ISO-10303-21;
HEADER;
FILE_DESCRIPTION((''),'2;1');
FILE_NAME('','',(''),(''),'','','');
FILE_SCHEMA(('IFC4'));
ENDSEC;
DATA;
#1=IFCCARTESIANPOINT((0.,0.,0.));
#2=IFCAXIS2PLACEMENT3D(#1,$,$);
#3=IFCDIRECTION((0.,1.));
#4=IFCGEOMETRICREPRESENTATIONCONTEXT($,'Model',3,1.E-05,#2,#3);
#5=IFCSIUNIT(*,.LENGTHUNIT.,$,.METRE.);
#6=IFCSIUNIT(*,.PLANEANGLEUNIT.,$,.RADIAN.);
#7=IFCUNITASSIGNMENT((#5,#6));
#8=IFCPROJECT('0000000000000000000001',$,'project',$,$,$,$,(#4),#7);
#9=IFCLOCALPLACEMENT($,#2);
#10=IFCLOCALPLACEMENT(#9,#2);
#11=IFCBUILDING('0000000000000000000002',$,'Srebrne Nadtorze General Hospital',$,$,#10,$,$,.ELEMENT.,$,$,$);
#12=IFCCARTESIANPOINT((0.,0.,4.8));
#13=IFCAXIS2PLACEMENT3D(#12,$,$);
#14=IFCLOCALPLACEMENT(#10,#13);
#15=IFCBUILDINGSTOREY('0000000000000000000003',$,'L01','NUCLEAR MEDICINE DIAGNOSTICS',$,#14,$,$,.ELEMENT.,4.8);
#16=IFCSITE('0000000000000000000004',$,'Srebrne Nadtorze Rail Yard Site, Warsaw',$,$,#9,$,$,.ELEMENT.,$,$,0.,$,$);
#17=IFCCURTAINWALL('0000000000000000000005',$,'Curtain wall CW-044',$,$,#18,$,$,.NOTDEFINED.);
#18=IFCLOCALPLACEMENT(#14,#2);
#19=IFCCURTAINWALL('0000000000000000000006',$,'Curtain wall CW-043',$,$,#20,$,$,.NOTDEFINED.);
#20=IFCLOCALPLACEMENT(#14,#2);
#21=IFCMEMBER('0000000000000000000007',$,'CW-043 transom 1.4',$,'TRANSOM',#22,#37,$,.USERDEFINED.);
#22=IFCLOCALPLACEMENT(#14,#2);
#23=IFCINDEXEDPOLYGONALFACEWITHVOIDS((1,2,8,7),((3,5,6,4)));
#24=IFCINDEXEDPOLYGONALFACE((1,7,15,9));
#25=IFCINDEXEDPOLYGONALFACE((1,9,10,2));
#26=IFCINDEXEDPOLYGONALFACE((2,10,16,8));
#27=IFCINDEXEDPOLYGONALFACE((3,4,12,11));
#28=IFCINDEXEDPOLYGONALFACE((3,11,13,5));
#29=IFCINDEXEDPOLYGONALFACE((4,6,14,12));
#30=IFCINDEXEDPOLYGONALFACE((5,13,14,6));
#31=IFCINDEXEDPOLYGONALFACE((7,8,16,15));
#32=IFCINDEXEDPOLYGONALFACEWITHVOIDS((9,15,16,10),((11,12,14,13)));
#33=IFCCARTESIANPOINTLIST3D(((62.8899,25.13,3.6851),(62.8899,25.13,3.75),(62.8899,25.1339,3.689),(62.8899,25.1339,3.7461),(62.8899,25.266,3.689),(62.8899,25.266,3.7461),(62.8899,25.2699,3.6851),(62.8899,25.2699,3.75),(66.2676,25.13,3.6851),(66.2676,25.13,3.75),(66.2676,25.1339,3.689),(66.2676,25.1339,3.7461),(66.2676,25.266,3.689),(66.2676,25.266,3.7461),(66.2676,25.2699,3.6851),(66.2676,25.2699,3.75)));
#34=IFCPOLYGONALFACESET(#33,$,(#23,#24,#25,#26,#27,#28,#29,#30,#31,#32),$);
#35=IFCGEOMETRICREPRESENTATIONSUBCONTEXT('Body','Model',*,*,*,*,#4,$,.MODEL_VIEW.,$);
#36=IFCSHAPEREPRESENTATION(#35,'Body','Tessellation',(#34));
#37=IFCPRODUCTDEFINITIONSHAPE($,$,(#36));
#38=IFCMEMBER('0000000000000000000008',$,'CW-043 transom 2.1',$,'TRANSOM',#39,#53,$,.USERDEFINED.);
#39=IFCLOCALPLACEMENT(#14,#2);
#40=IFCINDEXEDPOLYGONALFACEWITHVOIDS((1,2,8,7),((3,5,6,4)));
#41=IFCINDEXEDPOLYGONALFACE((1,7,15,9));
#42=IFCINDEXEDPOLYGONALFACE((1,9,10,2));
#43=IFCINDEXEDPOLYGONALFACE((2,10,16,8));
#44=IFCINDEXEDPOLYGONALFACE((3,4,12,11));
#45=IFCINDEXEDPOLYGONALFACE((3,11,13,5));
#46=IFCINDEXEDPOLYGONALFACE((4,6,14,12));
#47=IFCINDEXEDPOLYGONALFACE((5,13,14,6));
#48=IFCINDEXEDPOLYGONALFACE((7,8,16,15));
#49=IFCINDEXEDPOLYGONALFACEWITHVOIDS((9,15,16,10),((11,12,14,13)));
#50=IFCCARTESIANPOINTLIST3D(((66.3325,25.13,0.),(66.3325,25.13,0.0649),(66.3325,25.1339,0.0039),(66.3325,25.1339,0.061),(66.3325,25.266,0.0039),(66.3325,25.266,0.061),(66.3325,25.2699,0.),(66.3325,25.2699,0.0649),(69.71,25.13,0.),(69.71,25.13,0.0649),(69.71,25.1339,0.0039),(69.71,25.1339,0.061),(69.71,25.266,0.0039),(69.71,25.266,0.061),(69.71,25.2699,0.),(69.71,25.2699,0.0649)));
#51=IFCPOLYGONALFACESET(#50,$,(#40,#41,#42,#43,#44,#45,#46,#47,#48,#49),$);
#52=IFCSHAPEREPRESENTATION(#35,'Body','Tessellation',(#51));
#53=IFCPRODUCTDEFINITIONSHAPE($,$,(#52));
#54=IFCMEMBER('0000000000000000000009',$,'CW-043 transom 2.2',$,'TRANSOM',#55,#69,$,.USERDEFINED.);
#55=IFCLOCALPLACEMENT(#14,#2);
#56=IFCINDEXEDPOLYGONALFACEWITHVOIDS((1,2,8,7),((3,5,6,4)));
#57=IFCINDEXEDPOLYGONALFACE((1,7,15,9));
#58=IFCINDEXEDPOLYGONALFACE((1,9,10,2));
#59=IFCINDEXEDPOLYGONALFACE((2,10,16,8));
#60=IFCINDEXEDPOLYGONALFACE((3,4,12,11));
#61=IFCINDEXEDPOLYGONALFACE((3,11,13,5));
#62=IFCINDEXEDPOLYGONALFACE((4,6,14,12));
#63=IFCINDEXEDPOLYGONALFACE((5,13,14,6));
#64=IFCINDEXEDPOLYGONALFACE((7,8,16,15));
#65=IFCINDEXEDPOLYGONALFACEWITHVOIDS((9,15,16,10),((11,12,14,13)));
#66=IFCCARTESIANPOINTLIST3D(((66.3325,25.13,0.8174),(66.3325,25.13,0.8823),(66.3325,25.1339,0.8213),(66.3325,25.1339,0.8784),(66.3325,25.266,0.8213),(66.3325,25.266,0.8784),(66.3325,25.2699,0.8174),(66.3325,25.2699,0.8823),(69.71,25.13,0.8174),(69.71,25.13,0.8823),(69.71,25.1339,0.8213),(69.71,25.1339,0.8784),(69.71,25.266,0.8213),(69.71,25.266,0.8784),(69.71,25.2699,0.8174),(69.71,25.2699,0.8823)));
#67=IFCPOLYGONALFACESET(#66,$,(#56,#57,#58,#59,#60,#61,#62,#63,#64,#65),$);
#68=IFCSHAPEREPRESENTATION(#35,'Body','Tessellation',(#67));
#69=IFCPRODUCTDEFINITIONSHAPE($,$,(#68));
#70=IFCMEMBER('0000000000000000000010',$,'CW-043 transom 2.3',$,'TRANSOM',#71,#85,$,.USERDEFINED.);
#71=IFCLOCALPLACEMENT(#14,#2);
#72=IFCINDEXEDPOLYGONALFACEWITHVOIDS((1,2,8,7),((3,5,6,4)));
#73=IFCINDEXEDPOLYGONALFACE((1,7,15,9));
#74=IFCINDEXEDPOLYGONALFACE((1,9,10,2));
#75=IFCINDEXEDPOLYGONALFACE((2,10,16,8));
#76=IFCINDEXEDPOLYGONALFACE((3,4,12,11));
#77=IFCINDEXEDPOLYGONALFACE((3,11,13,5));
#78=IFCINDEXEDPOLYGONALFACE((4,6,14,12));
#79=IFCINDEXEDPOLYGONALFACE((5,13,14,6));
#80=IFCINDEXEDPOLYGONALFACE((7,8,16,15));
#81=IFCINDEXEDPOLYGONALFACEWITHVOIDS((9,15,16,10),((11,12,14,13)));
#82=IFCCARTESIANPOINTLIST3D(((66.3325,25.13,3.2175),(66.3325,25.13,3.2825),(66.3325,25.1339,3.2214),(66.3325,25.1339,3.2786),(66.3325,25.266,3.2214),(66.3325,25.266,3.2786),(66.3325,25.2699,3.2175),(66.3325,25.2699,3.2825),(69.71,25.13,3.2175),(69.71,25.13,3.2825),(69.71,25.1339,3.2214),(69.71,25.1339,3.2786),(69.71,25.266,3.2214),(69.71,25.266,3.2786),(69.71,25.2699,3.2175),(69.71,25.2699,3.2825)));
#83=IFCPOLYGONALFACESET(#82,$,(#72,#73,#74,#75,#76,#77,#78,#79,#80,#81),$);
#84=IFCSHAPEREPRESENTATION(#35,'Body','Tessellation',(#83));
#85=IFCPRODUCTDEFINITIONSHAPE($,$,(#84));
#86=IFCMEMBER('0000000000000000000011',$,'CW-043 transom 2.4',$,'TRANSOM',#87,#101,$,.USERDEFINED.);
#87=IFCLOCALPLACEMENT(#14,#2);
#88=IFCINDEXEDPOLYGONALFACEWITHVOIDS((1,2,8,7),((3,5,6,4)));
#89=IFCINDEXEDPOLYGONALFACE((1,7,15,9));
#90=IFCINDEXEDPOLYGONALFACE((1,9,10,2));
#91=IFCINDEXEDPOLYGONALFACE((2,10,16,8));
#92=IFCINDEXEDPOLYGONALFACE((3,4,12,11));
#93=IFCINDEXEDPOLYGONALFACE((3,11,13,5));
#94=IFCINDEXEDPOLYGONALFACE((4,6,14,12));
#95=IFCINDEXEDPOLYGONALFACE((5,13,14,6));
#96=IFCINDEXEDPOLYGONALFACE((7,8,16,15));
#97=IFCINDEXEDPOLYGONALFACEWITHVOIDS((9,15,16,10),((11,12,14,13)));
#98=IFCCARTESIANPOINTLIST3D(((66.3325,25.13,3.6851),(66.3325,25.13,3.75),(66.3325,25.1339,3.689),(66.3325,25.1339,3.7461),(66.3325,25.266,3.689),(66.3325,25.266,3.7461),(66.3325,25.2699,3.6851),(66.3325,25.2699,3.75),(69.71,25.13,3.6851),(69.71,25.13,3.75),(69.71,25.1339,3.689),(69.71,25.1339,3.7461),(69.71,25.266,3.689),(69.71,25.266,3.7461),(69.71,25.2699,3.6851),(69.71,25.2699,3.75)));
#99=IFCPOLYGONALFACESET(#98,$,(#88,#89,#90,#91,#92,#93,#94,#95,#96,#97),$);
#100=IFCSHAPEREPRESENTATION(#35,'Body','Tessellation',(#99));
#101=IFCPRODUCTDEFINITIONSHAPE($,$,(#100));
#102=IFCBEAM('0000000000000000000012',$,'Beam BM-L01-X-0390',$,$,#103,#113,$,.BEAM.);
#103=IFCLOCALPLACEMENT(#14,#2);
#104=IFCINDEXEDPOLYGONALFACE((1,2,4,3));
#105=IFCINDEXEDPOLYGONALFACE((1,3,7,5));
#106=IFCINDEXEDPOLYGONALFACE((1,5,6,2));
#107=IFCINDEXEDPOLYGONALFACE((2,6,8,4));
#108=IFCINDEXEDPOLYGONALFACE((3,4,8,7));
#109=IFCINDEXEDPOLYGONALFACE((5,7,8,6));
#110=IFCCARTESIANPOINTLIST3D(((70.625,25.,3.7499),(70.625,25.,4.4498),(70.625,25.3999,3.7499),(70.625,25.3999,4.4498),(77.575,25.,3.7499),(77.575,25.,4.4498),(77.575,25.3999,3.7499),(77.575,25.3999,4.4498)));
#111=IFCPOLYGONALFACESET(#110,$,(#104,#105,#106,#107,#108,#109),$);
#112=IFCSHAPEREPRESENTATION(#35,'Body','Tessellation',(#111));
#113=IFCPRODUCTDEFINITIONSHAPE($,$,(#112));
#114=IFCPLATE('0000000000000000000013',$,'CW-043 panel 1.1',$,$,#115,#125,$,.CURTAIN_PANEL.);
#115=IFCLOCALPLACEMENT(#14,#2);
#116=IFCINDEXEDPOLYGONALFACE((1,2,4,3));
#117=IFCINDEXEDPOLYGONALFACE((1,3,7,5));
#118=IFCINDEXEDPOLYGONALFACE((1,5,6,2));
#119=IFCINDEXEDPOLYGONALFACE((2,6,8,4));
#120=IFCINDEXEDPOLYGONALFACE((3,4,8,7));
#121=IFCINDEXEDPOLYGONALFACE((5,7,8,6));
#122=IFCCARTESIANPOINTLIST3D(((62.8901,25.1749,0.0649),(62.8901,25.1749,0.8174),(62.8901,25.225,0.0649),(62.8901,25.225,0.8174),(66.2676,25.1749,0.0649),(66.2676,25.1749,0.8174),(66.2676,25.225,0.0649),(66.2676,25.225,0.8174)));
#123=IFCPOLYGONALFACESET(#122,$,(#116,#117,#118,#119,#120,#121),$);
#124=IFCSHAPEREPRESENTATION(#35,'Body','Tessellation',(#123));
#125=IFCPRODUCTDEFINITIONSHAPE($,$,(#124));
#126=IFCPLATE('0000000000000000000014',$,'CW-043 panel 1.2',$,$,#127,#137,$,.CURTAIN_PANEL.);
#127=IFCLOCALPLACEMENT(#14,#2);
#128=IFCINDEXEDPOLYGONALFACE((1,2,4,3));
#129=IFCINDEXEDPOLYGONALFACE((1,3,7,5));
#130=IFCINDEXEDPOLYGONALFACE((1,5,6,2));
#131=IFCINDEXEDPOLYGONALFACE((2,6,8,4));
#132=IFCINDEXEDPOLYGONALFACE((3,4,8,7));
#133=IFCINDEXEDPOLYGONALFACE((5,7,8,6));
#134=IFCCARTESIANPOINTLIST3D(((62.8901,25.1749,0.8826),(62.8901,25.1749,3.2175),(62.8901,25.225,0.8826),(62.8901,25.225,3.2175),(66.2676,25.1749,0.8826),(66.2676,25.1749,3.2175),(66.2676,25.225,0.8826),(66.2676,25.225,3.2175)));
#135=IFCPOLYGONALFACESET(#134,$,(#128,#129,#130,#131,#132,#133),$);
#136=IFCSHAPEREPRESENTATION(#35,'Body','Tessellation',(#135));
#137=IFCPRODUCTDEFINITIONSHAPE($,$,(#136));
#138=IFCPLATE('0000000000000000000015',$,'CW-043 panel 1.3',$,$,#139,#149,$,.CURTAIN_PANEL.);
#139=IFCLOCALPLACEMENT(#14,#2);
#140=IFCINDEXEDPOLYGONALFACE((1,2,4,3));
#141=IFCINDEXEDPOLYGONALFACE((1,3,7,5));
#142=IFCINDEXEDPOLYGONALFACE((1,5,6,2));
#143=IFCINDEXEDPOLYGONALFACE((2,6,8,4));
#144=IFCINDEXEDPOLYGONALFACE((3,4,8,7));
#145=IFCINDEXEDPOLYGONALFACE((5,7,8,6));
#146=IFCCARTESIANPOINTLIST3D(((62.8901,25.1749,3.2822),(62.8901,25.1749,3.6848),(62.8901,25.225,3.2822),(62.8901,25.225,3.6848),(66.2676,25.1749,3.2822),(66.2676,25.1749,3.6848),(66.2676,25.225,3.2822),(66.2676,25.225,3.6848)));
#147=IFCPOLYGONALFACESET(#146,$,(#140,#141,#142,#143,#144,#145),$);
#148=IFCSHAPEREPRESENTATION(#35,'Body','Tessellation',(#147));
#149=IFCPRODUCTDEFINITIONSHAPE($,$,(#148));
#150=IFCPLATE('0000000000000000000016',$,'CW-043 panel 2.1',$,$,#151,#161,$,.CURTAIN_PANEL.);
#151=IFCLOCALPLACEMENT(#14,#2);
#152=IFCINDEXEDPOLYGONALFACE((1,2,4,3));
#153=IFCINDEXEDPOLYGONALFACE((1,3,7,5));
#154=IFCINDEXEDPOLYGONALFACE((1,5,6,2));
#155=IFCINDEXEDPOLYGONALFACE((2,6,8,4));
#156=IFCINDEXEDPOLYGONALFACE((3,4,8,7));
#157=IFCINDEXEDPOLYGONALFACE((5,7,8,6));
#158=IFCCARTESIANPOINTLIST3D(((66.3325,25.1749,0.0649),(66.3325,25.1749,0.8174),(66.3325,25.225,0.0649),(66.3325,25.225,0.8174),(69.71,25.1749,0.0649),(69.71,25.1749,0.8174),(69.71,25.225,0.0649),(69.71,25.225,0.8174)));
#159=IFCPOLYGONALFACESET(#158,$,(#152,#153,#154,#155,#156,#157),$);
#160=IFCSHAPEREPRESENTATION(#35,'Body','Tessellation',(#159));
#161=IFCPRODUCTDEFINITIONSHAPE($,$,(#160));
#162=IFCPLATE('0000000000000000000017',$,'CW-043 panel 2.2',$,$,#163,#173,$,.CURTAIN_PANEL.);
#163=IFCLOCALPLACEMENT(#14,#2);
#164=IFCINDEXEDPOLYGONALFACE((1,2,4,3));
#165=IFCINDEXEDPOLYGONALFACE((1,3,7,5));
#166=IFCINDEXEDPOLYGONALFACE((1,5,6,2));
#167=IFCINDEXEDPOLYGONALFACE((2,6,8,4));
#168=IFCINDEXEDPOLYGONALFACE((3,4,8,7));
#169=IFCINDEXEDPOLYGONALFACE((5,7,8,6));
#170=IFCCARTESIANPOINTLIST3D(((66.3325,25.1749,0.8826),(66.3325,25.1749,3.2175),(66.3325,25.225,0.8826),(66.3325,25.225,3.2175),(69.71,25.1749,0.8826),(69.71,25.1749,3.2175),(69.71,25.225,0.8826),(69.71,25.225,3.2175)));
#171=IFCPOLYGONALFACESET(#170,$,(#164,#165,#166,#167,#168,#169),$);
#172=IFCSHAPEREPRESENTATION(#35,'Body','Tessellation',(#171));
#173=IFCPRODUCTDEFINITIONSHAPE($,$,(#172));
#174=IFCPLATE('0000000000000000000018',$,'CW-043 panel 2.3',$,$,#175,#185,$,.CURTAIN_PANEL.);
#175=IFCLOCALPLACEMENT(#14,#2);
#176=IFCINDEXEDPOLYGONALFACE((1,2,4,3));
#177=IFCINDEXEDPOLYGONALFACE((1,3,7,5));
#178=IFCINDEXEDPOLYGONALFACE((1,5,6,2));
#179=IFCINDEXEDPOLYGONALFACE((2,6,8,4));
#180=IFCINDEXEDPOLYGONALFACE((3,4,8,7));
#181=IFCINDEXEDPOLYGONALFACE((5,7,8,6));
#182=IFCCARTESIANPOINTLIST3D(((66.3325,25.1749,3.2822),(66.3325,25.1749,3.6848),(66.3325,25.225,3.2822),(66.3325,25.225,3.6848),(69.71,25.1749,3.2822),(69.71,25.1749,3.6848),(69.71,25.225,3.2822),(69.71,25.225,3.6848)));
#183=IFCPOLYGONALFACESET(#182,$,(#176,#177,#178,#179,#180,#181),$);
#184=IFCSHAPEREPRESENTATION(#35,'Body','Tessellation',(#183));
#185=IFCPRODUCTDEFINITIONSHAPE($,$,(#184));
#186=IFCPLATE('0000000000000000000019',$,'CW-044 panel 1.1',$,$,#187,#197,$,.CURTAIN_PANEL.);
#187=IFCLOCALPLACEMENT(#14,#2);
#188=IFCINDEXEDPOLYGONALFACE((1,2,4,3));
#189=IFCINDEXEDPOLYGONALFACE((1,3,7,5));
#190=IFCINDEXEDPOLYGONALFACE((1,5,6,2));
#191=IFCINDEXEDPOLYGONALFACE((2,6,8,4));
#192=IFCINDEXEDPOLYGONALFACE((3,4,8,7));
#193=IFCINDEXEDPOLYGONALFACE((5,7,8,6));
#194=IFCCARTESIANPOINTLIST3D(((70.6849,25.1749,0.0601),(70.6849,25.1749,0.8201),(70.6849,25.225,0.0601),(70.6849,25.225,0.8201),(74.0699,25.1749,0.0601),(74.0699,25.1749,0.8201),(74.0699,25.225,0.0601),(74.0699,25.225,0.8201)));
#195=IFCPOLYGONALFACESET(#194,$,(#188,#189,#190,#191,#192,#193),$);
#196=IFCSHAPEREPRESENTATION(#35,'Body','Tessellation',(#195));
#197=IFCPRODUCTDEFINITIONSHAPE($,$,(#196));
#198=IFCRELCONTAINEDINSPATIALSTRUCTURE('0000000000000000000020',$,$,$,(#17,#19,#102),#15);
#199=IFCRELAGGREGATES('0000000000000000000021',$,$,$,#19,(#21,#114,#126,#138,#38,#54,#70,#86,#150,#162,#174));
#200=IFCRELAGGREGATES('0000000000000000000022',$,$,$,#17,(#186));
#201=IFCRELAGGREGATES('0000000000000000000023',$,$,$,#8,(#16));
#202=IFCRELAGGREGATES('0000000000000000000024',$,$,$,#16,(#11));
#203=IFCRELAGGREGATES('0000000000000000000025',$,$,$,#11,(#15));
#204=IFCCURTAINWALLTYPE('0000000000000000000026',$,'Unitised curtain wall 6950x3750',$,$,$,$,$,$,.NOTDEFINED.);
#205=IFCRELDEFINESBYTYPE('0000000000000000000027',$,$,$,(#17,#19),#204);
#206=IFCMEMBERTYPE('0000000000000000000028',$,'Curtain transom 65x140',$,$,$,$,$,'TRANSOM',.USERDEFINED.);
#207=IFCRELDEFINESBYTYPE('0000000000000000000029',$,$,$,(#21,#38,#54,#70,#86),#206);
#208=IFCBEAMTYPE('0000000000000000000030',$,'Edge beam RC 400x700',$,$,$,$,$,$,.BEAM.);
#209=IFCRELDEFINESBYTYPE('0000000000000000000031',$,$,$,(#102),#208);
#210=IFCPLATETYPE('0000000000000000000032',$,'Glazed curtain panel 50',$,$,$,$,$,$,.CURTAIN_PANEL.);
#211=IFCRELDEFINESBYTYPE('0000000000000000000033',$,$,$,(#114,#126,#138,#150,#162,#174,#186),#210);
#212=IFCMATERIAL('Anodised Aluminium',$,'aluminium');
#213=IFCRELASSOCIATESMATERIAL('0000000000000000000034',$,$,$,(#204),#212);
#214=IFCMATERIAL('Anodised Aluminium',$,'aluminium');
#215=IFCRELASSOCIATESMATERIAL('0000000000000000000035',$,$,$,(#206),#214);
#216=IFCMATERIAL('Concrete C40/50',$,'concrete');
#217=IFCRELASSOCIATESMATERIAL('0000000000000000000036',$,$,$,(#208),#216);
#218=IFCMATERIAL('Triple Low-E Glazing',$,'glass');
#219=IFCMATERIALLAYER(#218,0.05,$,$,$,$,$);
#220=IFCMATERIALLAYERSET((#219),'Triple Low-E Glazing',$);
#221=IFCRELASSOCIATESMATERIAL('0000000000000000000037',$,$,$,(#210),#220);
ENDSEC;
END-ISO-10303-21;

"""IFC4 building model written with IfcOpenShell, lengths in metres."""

from ifc_helpers import new_model, si_unit, direction, frame, origin, origin_2d, place, context, subcontext, project, spatial, rectangle, hollow_rectangle, extrude, material, layer, layer_set, material_profile, profile_set, type_object, element, aggregate, save


model = new_model("IFC4")

# Units and contexts
model_context = context("Model", 3, precision=1e-05, world=origin(), true_north=direction((0.0, 1.0)))
body_context = subcontext(model_context, "Body", "Model", "MODEL_VIEW")
ifc_project = project(units=[si_unit("LENGTHUNIT", "METRE"), si_unit("PLANEANGLEUNIT", "RADIAN")], contexts=[model_context])

# Site, building, storey
site_placement = place(None, origin())
site = spatial("IfcSite", under=ifc_project, at=site_placement, Name="Srebrne Nadtorze Rail Yard Site, Warsaw", CompositionType="ELEMENT", RefElevation=0.0)
building_placement = place(site_placement, origin())
building = spatial("IfcBuilding", under=site, at=building_placement, Name="Srebrne Nadtorze General Hospital", CompositionType="ELEMENT")
storey_placement = place(building_placement, frame((0.0, 0.0, 4.8)))
storey = spatial("IfcBuildingStorey", under=building, at=storey_placement, Name="L01", Description="NUCLEAR MEDICINE DIAGNOSTICS", CompositionType="ELEMENT", Elevation=4.8)

# Curtain wall
ifc_material_1 = material(Name="Anodised Aluminium", Category="aluminium")
curtain_wall_type = type_object("IfcCurtainWallType", Name="Unitised curtain wall 6950x3750", PredefinedType="NOTDEFINED", material=ifc_material_1)
curtain_wall_1_placement = place(storey_placement, origin())
curtain_wall_1 = element("IfcCurtainWall", 1, at=curtain_wall_1_placement, inside=storey, type_object=curtain_wall_type, Name="Curtain wall CW-044", PredefinedType="NOTDEFINED")

# Curtain wall
curtain_wall_2_placement = place(storey_placement, origin())
curtain_wall_2 = element("IfcCurtainWall", 2, at=curtain_wall_2_placement, inside=storey, type_object=curtain_wall_type, Name="Curtain wall CW-043", PredefinedType="NOTDEFINED")

# Members
ifc_material_2 = material(Name="Anodised Aluminium", Category="aluminium")
ifc_material_profile_1 = material_profile(ifc_material_2, hollow_rectangle(XDim=0.0649, YDim=0.1399, WallThickness=0.0039, at=origin_2d()), Name="AL-TRN-65x140")
ifc_profile_set_1 = profile_set([ifc_material_profile_1], Name="Anodised Aluminium")
member_type_1 = type_object("IfcMemberType", Name="Curtain transom 65x140", ElementType="TRANSOM", PredefinedType="USERDEFINED", material=ifc_profile_set_1)
member_1_placement = place(storey_placement, frame((62.8899, 25.2, 3.7175), z_axis=(1.0, 0.0, 0.0), x_axis=(0.0, 0.0, 1.0)))
member_1 = element("IfcMember", 3, at=member_1_placement, type_object=member_type_1, Name="CW-043 transom 1.4", ObjectType="TRANSOM", PredefinedType="USERDEFINED", context=body_context, shape_type="SweptSolid", body=[
    extrude(hollow_rectangle(XDim=0.0649, YDim=0.1399, WallThickness=0.0039, at=origin_2d()), origin(), (0.0, 0.0, 1.0), 3.3777),
])
member_2_placement = place(storey_placement, frame((66.3325, 25.2, 0.0325), z_axis=(1.0, 0.0, 0.0), x_axis=(0.0, 0.0, 1.0)))
member_2 = element("IfcMember", 4, at=member_2_placement, type_object=member_type_1, Name="CW-043 transom 2.1", ObjectType="TRANSOM", PredefinedType="USERDEFINED", context=body_context, shape_type="SweptSolid", body=[
    extrude(hollow_rectangle(XDim=0.0649, YDim=0.1399, WallThickness=0.0039, at=origin_2d()), origin(), (0.0, 0.0, 1.0), 3.3774),
])
member_3_placement = place(storey_placement, frame((66.3325, 25.2, 0.8499), z_axis=(1.0, 0.0, 0.0), x_axis=(0.0, 0.0, 1.0)))
member_3 = element("IfcMember", 5, at=member_3_placement, type_object=member_type_1, Name="CW-043 transom 2.2", ObjectType="TRANSOM", PredefinedType="USERDEFINED", context=body_context, shape_type="SweptSolid", body=[
    extrude(hollow_rectangle(XDim=0.0649, YDim=0.1399, WallThickness=0.0039, at=origin_2d()), origin(), (0.0, 0.0, 1.0), 3.3774),
])
member_4_placement = place(storey_placement, frame((66.3325, 25.2, 3.25), z_axis=(1.0, 0.0, 0.0), x_axis=(0.0, 0.0, 1.0)))
member_4 = element("IfcMember", 6, at=member_4_placement, type_object=member_type_1, Name="CW-043 transom 2.3", ObjectType="TRANSOM", PredefinedType="USERDEFINED", context=body_context, shape_type="SweptSolid", body=[
    extrude(hollow_rectangle(XDim=0.0649, YDim=0.1399, WallThickness=0.0039, at=origin_2d()), origin(), (0.0, 0.0, 1.0), 3.3774),
])
member_5_placement = place(storey_placement, frame((66.3325, 25.2, 3.7175), z_axis=(1.0, 0.0, 0.0), x_axis=(0.0, 0.0, 1.0)))
member_5 = element("IfcMember", 7, at=member_5_placement, type_object=member_type_1, Name="CW-043 transom 2.4", ObjectType="TRANSOM", PredefinedType="USERDEFINED", context=body_context, shape_type="SweptSolid", body=[
    extrude(hollow_rectangle(XDim=0.0649, YDim=0.1399, WallThickness=0.0039, at=origin_2d()), origin(), (0.0, 0.0, 1.0), 3.3774),
])

# Beam
ifc_material_3 = material(Name="Concrete C40/50", Category="concrete")
ifc_material_profile_2 = material_profile(ifc_material_3, rectangle(XDim=0.3999, YDim=0.7, at=origin_2d()), Name="RC-BM-400x700")
ifc_profile_set_2 = profile_set([ifc_material_profile_2], Name="Concrete C40/50")
beam_type = type_object("IfcBeamType", Name="Edge beam RC 400x700", PredefinedType="BEAM", material=ifc_profile_set_2)
beam_placement = place(storey_placement, frame((70.625, 25.2, 4.0999), z_axis=(1.0, 0.0, 0.0), x_axis=(0.0, 1.0, 0.0)))
element("IfcBeam", 8, at=beam_placement, inside=storey, type_object=beam_type, Name="Beam BM-L01-X-0390", PredefinedType="BEAM", context=body_context, shape_type="SweptSolid", body=[
    extrude(rectangle(XDim=0.3999, YDim=0.7, at=origin_2d()), origin(), (0.0, 0.0, 1.0), 6.95),
])

# Plates
ifc_material_4 = material(Name="Triple Low-E Glazing", Category="glass")
ifc_layer = layer(ifc_material_4, 0.05)
ifc_layer_set = layer_set([ifc_layer], Name="Triple Low-E Glazing")
plate_type = type_object("IfcPlateType", Name="Glazed curtain panel 50", PredefinedType="CURTAIN_PANEL", material=ifc_layer_set)
plate_1_placement = place(storey_placement, frame((64.5789, 25.2, 0.0649), z_axis=(0.0, 0.0, 1.0), x_axis=(1.0, 0.0, 0.0)))
plate_1 = element("IfcPlate", 9, at=plate_1_placement, type_object=plate_type, Name="CW-043 panel 1.1", PredefinedType="CURTAIN_PANEL", context=body_context, shape_type="SweptSolid", body=[
    extrude(rectangle(XDim=3.3774, YDim=0.05, at=origin_2d()), origin(), (0.0, 0.0, 1.0), 0.7524),
])
plate_2_placement = place(storey_placement, frame((64.5789, 25.2, 0.8826), z_axis=(0.0, 0.0, 1.0), x_axis=(1.0, 0.0, 0.0)))
plate_2 = element("IfcPlate", 10, at=plate_2_placement, type_object=plate_type, Name="CW-043 panel 1.2", PredefinedType="CURTAIN_PANEL", context=body_context, shape_type="SweptSolid", body=[
    extrude(rectangle(XDim=3.3774, YDim=0.05, at=origin_2d()), origin(), (0.0, 0.0, 1.0), 2.335),
])
plate_3_placement = place(storey_placement, frame((64.5789, 25.2, 3.2822), z_axis=(0.0, 0.0, 1.0), x_axis=(1.0, 0.0, 0.0)))
plate_3 = element("IfcPlate", 11, at=plate_3_placement, type_object=plate_type, Name="CW-043 panel 1.3", PredefinedType="CURTAIN_PANEL", context=body_context, shape_type="SweptSolid", body=[
    extrude(rectangle(XDim=3.3774, YDim=0.05, at=origin_2d()), origin(), (0.0, 0.0, 1.0), 0.4026),
])
plate_4_placement = place(storey_placement, frame((68.0212, 25.2, 0.0649), z_axis=(0.0, 0.0, 1.0), x_axis=(1.0, 0.0, 0.0)))
plate_4 = element("IfcPlate", 12, at=plate_4_placement, type_object=plate_type, Name="CW-043 panel 2.1", PredefinedType="CURTAIN_PANEL", context=body_context, shape_type="SweptSolid", body=[
    extrude(rectangle(XDim=3.3774, YDim=0.05, at=origin_2d()), origin(), (0.0, 0.0, 1.0), 0.7524),
])
plate_5_placement = place(storey_placement, frame((68.0212, 25.2, 0.8826), z_axis=(0.0, 0.0, 1.0), x_axis=(1.0, 0.0, 0.0)))
plate_5 = element("IfcPlate", 13, at=plate_5_placement, type_object=plate_type, Name="CW-043 panel 2.2", PredefinedType="CURTAIN_PANEL", context=body_context, shape_type="SweptSolid", body=[
    extrude(rectangle(XDim=3.3774, YDim=0.05, at=origin_2d()), origin(), (0.0, 0.0, 1.0), 2.335),
])
plate_6_placement = place(storey_placement, frame((68.0212, 25.2, 3.2822), z_axis=(0.0, 0.0, 1.0), x_axis=(1.0, 0.0, 0.0)))
plate_6 = element("IfcPlate", 14, at=plate_6_placement, type_object=plate_type, Name="CW-043 panel 2.3", PredefinedType="CURTAIN_PANEL", context=body_context, shape_type="SweptSolid", body=[
    extrude(rectangle(XDim=3.3774, YDim=0.05, at=origin_2d()), origin(), (0.0, 0.0, 1.0), 0.4026),
])
aggregate(curtain_wall_2, [member_1, plate_1, plate_2, plate_3, member_2, member_3, member_4, member_5, plate_4, plate_5, plate_6])
plate_7_placement = place(storey_placement, frame((72.3774, 25.2, 0.0601), z_axis=(0.0, 0.0, 1.0), x_axis=(1.0, 0.0, 0.0)))
plate_7 = element("IfcPlate", 15, at=plate_7_placement, type_object=plate_type, Name="CW-044 panel 1.1", PredefinedType="CURTAIN_PANEL", context=body_context, shape_type="SweptSolid", body=[
    extrude(rectangle(XDim=3.385, YDim=0.05, at=origin_2d()), origin(), (0.0, 0.0, 1.0), 0.76),
])
aggregate(curtain_wall_1, [plate_7])

save(model, "model.ifc")
